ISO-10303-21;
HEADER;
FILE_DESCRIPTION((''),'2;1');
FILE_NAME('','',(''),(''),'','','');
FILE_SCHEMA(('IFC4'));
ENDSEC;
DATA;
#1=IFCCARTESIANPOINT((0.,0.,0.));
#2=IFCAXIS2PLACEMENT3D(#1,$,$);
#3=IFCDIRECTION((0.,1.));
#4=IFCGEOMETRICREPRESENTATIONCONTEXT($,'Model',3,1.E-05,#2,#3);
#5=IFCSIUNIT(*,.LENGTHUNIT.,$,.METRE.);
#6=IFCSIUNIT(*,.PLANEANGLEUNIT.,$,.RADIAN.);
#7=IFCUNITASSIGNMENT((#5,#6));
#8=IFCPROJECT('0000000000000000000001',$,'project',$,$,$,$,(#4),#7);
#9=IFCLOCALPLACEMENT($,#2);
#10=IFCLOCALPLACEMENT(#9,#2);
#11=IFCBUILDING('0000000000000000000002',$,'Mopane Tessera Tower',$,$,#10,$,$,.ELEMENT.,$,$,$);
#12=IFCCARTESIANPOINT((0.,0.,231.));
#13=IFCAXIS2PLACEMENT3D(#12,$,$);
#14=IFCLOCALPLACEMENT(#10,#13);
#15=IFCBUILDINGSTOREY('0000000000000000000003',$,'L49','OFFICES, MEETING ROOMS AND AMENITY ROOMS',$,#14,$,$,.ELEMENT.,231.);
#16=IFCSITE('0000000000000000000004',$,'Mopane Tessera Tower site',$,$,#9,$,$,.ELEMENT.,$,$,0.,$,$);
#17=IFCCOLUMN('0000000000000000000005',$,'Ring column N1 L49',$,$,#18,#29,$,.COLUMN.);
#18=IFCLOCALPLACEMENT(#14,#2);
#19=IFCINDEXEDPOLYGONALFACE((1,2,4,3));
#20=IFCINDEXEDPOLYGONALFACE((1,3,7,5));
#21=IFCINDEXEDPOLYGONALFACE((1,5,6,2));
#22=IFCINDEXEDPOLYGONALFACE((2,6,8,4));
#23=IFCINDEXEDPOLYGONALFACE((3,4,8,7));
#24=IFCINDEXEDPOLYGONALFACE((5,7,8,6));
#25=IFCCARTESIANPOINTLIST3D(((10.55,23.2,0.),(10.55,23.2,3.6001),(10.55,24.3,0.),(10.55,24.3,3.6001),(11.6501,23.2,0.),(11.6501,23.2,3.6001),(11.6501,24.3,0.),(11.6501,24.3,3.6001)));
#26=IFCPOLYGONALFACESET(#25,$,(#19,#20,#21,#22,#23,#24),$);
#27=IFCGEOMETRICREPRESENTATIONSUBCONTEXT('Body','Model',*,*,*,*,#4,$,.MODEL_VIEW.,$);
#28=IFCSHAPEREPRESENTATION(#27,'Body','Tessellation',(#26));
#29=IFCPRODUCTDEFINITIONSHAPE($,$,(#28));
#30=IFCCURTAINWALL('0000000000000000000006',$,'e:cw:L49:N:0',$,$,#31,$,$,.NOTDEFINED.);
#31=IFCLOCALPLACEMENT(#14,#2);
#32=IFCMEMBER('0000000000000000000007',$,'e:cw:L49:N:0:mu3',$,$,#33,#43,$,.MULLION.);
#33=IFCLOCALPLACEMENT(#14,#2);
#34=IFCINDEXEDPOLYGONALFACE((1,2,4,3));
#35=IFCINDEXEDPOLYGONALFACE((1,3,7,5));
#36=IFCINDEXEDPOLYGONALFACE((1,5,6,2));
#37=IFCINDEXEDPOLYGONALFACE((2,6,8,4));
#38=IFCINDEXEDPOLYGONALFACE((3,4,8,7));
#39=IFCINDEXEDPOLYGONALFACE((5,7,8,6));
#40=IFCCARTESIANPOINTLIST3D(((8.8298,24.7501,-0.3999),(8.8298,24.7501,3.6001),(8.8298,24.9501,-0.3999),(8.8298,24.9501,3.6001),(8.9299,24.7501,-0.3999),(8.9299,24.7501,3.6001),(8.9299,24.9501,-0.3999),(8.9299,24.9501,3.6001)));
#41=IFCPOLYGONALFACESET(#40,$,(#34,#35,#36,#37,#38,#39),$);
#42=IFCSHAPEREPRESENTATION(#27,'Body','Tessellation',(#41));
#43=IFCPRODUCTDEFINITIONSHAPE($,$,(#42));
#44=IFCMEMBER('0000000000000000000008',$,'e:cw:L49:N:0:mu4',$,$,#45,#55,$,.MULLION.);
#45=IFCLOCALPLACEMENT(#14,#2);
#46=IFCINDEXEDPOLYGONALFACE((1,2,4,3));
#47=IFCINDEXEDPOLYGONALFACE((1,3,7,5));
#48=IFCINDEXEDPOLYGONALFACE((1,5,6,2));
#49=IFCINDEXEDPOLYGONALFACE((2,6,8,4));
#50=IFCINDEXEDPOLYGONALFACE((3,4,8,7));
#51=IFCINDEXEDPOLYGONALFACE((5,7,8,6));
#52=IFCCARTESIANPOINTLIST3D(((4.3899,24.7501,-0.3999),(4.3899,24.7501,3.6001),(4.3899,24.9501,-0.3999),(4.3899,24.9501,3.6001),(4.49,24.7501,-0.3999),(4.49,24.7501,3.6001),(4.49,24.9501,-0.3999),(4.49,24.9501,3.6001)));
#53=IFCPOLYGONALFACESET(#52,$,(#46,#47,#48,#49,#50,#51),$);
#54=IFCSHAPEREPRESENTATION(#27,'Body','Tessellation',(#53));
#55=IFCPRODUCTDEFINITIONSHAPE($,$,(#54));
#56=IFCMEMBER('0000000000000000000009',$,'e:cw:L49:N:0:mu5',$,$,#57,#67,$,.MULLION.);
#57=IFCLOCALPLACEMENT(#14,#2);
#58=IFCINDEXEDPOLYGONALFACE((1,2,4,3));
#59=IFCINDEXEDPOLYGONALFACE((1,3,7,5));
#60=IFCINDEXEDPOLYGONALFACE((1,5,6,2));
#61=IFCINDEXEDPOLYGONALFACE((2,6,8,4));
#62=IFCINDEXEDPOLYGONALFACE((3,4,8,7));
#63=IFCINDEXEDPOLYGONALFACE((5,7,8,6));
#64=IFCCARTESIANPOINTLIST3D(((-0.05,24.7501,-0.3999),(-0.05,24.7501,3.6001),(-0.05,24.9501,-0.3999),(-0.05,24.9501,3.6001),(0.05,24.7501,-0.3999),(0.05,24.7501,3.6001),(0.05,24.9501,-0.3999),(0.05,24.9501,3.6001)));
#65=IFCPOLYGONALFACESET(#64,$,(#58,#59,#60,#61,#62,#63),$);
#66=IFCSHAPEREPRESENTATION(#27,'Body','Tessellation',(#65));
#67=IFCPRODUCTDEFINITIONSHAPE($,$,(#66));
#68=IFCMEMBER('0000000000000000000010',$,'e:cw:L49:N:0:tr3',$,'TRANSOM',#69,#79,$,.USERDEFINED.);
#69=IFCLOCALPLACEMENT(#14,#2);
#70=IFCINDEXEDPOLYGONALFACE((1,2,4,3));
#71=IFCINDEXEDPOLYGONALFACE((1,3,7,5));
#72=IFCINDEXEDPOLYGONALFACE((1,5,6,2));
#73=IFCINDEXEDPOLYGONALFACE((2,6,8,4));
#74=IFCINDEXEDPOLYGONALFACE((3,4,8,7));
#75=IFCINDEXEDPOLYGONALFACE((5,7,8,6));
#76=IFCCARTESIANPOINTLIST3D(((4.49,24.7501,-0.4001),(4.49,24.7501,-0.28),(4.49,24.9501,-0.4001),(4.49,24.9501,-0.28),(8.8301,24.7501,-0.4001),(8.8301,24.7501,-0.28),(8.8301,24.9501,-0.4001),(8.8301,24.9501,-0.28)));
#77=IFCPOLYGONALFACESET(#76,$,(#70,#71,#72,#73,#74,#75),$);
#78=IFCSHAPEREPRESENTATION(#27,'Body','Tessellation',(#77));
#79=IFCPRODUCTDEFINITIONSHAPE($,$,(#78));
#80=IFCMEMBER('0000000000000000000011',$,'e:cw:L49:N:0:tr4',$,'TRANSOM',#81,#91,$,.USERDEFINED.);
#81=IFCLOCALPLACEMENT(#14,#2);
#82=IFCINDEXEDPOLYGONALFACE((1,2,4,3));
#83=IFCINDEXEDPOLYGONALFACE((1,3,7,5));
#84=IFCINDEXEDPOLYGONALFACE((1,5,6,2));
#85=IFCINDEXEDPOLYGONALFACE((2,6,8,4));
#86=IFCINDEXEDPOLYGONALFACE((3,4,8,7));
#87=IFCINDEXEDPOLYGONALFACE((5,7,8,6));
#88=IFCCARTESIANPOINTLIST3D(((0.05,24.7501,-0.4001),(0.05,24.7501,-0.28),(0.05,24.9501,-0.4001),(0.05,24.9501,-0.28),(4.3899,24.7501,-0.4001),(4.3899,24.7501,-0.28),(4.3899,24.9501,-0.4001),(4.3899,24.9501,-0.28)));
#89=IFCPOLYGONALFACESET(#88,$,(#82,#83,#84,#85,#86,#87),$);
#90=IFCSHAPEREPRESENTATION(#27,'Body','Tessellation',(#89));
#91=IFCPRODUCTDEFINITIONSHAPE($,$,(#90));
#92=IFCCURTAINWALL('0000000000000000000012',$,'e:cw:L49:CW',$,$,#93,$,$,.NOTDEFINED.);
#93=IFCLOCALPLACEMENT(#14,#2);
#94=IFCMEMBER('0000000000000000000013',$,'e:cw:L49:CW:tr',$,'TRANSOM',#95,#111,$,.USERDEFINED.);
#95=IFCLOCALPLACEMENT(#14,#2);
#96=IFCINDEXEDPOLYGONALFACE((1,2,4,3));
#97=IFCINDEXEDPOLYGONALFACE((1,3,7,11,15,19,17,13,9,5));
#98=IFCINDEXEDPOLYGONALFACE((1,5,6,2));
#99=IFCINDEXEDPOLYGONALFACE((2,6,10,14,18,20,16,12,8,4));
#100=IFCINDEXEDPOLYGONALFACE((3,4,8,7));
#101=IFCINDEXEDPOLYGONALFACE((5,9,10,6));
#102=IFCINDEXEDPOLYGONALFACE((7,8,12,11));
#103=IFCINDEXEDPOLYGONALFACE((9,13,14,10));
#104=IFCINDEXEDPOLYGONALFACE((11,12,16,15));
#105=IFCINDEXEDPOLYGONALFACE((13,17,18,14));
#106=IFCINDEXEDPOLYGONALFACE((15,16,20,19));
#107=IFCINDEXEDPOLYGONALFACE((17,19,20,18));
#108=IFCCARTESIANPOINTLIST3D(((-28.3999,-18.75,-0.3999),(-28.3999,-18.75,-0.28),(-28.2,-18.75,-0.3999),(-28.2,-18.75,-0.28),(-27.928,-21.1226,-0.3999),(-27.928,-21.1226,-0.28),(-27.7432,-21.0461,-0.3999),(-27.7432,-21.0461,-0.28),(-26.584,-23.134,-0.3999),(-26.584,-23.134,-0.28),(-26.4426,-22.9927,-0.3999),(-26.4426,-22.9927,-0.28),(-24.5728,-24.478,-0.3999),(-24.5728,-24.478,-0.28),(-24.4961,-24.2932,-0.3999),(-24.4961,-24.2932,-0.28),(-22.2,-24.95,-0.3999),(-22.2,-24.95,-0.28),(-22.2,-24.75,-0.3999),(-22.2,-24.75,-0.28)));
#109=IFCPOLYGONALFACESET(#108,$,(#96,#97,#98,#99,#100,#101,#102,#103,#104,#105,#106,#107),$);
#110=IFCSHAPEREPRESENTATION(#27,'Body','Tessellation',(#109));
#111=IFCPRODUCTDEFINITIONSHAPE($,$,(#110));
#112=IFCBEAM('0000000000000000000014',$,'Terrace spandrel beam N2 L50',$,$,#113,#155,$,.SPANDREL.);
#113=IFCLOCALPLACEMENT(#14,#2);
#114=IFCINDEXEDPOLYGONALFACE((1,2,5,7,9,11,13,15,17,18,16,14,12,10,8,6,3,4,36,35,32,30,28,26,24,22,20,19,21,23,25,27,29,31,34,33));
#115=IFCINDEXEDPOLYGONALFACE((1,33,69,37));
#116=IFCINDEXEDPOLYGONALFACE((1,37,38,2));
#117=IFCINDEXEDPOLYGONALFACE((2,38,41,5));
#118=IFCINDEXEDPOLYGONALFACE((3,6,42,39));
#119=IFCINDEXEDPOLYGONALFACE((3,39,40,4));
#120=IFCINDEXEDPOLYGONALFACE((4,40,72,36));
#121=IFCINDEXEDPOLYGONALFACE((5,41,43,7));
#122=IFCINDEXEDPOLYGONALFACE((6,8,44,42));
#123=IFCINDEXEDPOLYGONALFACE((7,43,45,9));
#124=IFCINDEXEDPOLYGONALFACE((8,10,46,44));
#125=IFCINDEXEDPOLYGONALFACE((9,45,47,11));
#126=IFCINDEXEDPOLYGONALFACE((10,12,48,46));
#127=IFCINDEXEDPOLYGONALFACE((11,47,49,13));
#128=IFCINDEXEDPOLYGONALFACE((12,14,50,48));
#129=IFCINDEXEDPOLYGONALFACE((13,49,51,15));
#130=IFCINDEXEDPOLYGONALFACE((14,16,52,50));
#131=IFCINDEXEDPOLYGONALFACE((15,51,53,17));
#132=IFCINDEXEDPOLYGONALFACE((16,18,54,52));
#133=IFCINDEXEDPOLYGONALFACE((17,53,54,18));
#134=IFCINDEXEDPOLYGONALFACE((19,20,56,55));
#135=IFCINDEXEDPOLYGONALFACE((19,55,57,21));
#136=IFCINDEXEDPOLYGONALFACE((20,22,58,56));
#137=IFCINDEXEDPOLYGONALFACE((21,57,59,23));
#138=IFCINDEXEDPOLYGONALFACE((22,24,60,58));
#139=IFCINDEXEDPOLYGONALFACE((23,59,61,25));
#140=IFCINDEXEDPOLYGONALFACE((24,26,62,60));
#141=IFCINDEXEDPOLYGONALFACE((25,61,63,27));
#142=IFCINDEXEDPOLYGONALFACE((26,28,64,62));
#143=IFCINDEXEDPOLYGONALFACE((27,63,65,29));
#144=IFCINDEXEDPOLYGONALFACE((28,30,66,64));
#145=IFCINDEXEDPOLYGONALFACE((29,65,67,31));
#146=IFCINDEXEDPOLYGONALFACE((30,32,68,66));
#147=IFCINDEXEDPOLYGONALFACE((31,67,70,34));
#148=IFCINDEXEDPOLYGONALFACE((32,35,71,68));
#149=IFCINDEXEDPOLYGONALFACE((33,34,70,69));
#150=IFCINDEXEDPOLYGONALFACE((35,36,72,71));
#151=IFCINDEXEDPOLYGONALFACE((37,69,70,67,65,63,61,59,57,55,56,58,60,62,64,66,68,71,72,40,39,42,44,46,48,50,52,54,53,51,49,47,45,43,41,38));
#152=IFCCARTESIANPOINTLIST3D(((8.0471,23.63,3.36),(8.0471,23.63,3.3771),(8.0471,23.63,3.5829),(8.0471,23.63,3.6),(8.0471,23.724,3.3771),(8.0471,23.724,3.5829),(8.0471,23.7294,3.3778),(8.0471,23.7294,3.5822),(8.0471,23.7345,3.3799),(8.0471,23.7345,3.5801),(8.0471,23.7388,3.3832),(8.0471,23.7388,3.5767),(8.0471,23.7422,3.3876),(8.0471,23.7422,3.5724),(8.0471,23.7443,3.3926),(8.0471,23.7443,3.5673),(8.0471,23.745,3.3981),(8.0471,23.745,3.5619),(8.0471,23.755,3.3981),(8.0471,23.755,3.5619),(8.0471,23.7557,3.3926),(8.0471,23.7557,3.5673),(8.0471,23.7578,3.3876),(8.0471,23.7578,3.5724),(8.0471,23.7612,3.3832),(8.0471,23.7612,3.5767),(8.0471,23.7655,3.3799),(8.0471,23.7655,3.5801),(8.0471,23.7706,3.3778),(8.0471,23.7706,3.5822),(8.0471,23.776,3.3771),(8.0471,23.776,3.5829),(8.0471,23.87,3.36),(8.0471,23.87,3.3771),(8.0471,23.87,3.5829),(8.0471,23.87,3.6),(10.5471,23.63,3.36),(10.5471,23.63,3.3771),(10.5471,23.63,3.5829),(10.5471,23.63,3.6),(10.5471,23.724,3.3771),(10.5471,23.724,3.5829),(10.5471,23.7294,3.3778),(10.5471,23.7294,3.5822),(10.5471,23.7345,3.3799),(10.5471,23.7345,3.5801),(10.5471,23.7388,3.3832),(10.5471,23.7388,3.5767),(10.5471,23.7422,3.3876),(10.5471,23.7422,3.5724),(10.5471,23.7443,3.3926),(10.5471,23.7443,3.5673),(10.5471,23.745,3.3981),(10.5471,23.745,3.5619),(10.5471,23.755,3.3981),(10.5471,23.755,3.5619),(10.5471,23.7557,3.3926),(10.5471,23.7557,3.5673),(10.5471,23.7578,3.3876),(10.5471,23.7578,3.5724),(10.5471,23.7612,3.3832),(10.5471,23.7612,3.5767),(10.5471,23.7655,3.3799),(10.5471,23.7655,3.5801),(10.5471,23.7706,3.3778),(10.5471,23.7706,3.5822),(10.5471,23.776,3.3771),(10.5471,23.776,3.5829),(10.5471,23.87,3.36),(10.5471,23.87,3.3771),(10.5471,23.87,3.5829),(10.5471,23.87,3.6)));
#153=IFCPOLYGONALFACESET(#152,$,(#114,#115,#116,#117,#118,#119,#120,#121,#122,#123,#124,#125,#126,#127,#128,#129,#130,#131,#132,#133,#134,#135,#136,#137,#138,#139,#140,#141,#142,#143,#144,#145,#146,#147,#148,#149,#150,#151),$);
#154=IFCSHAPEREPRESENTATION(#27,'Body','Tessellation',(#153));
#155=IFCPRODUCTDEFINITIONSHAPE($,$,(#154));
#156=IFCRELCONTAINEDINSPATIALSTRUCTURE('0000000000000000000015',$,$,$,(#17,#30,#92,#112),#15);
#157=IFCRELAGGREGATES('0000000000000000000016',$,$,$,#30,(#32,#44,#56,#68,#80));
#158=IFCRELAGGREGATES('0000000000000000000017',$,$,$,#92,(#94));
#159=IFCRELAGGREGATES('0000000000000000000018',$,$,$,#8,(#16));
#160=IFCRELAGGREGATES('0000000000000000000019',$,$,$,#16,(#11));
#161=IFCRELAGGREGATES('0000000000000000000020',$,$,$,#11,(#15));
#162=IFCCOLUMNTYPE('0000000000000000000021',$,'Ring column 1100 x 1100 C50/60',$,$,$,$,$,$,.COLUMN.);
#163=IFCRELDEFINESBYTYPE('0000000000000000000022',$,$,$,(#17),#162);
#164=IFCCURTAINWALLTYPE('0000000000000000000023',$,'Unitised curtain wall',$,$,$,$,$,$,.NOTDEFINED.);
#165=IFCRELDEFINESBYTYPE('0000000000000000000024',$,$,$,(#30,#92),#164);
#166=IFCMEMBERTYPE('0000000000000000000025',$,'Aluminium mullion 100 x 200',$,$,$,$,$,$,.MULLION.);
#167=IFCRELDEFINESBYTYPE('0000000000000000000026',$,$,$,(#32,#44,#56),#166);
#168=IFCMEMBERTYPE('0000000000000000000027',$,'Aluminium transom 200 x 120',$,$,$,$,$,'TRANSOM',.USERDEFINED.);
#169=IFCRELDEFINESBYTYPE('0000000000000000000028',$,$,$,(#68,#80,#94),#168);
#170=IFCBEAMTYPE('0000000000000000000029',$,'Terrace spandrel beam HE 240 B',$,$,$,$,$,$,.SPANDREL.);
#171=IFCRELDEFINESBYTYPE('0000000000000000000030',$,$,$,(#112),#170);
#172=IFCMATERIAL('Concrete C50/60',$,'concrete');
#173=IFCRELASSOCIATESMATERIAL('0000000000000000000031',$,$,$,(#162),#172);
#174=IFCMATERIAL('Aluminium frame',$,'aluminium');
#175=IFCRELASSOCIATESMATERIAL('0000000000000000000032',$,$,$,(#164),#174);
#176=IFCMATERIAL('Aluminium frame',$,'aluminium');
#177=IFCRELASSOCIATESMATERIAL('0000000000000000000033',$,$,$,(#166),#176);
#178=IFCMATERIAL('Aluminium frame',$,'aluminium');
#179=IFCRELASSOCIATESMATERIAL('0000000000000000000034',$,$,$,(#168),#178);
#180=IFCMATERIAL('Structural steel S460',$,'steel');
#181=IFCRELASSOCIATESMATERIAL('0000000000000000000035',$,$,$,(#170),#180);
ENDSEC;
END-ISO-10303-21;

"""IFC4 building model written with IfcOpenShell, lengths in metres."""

from ifc_helpers import new_model, si_unit, direction, frame, origin, origin_2d, place, context, subcontext, project, spatial, polyline, rectangle, i_section, outline, extrude, material, material_profile, profile_set, type_object, element, aggregate, save


model = new_model("IFC4")

# Units and contexts
model_context = context("Model", 3, precision=1e-05, world=origin(), true_north=direction((0.0, 1.0)))
body_context = subcontext(model_context, "Body", "Model", "MODEL_VIEW")
ifc_project = project(units=[si_unit("LENGTHUNIT", "METRE"), si_unit("PLANEANGLEUNIT", "RADIAN")], contexts=[model_context])

# Site, building, storey
site_placement = place(None, origin())
site = spatial("IfcSite", under=ifc_project, at=site_placement, Name="Mopane Tessera Tower site", CompositionType="ELEMENT", RefElevation=0.0)
building_placement = place(site_placement, origin())
building = spatial("IfcBuilding", under=site, at=building_placement, Name="Mopane Tessera Tower", CompositionType="ELEMENT")
storey_placement = place(building_placement, frame((0.0, 0.0, 231.0)))
storey = spatial("IfcBuildingStorey", under=building, at=storey_placement, Name="L49", Description="OFFICES, MEETING ROOMS AND AMENITY ROOMS", CompositionType="ELEMENT", Elevation=231.0)

# Column
ifc_material_1 = material(Name="Concrete C50/60", Category="concrete")
ifc_material_profile_1 = material_profile(ifc_material_1, rectangle(XDim=1.1001, YDim=1.1001, at=origin_2d()))
ifc_profile_set_1 = profile_set([ifc_material_profile_1], Name="Concrete C50/60")
column_type = type_object("IfcColumnType", Name="Ring column 1100 x 1100 C50/60", PredefinedType="COLUMN", material=ifc_profile_set_1)
column_placement = place(storey_placement, frame((11.1001, 23.75, 0.0), z_axis=(0.0, 0.0, 1.0), x_axis=(1.0, 0.0, 0.0)))
element("IfcColumn", 1, at=column_placement, inside=storey, type_object=column_type, Name="Ring column N1 L49", PredefinedType="COLUMN", context=body_context, shape_type="SweptSolid", body=[
    extrude(rectangle(XDim=1.1001, YDim=1.1001, at=origin_2d()), origin(), (0.0, 0.0, 1.0), 3.6001),
])

# Curtain wall, members
ifc_material_2 = material(Name="Aluminium frame", Category="aluminium")
curtain_wall_type = type_object("IfcCurtainWallType", Name="Unitised curtain wall", PredefinedType="NOTDEFINED", material=ifc_material_2)
curtain_wall_1_placement = place(storey_placement, origin())
curtain_wall_1 = element("IfcCurtainWall", 2, at=curtain_wall_1_placement, inside=storey, type_object=curtain_wall_type, Name="e:cw:L49:N:0", PredefinedType="NOTDEFINED")
ifc_material_3 = material(Name="Aluminium frame", Category="aluminium")
ifc_material_profile_2 = material_profile(ifc_material_3, rectangle(XDim=0.1001, YDim=0.2, at=origin_2d()))
ifc_profile_set_2 = profile_set([ifc_material_profile_2], Name="Aluminium frame")
member_type_1 = type_object("IfcMemberType", Name="Aluminium mullion 100 x 200", PredefinedType="MULLION", material=ifc_profile_set_2)
member_1_placement = place(storey_placement, frame((8.8799, 24.8501, -0.3999), z_axis=(0.0, 0.0, 1.0), x_axis=(-1.0, 0.0, 0.0)))
member_1 = element("IfcMember", 3, at=member_1_placement, type_object=member_type_1, Name="e:cw:L49:N:0:mu3", PredefinedType="MULLION", context=body_context, shape_type="SweptSolid", body=[
    extrude(rectangle(XDim=0.1001, YDim=0.2, at=origin_2d()), origin(), (0.0, 0.0, 1.0), 4.0),
])
member_2_placement = place(storey_placement, frame((4.4399, 24.8501, -0.3999), z_axis=(0.0, 0.0, 1.0), x_axis=(-1.0, 0.0, 0.0)))
member_2 = element("IfcMember", 4, at=member_2_placement, type_object=member_type_1, Name="e:cw:L49:N:0:mu4", PredefinedType="MULLION", context=body_context, shape_type="SweptSolid", body=[
    extrude(rectangle(XDim=0.1001, YDim=0.2, at=origin_2d()), origin(), (0.0, 0.0, 1.0), 4.0),
])
member_3_placement = place(storey_placement, frame((0.0, 24.8501, -0.3999), z_axis=(0.0, 0.0, 1.0), x_axis=(-1.0, 0.0, 0.0)))
member_3 = element("IfcMember", 5, at=member_3_placement, type_object=member_type_1, Name="e:cw:L49:N:0:mu5", PredefinedType="MULLION", context=body_context, shape_type="SweptSolid", body=[
    extrude(rectangle(XDim=0.1001, YDim=0.2, at=origin_2d()), origin(), (0.0, 0.0, 1.0), 4.0),
])
ifc_material_4 = material(Name="Aluminium frame", Category="aluminium")
ifc_material_profile_3 = material_profile(ifc_material_4, rectangle(XDim=0.2, YDim=0.1201, at=origin_2d()))
ifc_profile_set_3 = profile_set([ifc_material_profile_3], Name="Aluminium frame")
member_type_2 = type_object("IfcMemberType", Name="Aluminium transom 200 x 120", ElementType="TRANSOM", PredefinedType="USERDEFINED", material=ifc_profile_set_3)
member_4_placement = place(storey_placement, frame((8.8301, 24.8501, -0.3401), z_axis=(-1.0, 0.0, 0.0), x_axis=(0.0, -1.0, 0.0)))
member_4 = element("IfcMember", 6, at=member_4_placement, type_object=member_type_2, Name="e:cw:L49:N:0:tr3", ObjectType="TRANSOM", PredefinedType="USERDEFINED", context=body_context, shape_type="SweptSolid", body=[
    extrude(rectangle(XDim=0.2, YDim=0.1201, at=origin_2d()), origin(), (0.0, 0.0, 1.0), 4.3401),
])
member_5_placement = place(storey_placement, frame((4.3899, 24.8501, -0.3401), z_axis=(-1.0, 0.0, 0.0), x_axis=(0.0, -1.0, 0.0)))
member_5 = element("IfcMember", 7, at=member_5_placement, type_object=member_type_2, Name="e:cw:L49:N:0:tr4", ObjectType="TRANSOM", PredefinedType="USERDEFINED", context=body_context, shape_type="SweptSolid", body=[
    extrude(rectangle(XDim=0.2, YDim=0.1201, at=origin_2d()), origin(), (0.0, 0.0, 1.0), 4.3398),
])

# Curtain wall, member
curtain_wall_2_placement = place(storey_placement, origin())
curtain_wall_2 = element("IfcCurtainWall", 8, at=curtain_wall_2_placement, inside=storey, type_object=curtain_wall_type, Name="e:cw:L49:CW", PredefinedType="NOTDEFINED")
member_6_placement = place(storey_placement, frame((0.0, 0.0, -0.3999)))
member_6 = element("IfcMember", 9, at=member_6_placement, type_object=member_type_2, Name="e:cw:L49:CW:tr", ObjectType="TRANSOM", PredefinedType="USERDEFINED", context=body_context, shape_type="SweptSolid", body=[
    extrude(outline(polyline([(-28.2, -18.75), (-27.7432, -21.0461), (-26.4426, -22.9927), (-24.4961, -24.2932), (-22.2, -24.75), (-22.2, -24.95), (-24.5728, -24.478), (-26.584, -23.134), (-27.928, -21.1226), (-28.3999, -18.75), (-28.2, -18.75)])), origin(), (0.0, 0.0, 1.0), 0.1199),
])

# Beam
ifc_material_5 = material(Name="Structural steel S460", Category="steel")
ifc_material_profile_4 = material_profile(ifc_material_5, i_section(OverallWidth=0.24, OverallDepth=0.24, WebThickness=0.01, FlangeThickness=0.0171, FilletRadius=0.021, at=origin_2d()))
ifc_profile_set_4 = profile_set([ifc_material_profile_4], Name="Structural steel S460")
beam_type_1 = type_object("IfcBeamType", Name="Terrace spandrel beam HE 240 B", PredefinedType="SPANDREL", material=ifc_profile_set_4)
beam_1_placement = place(storey_placement, frame((10.5471, 23.75, 3.48), z_axis=(-1.0, 0.0, 0.0), x_axis=(0.0, -1.0, 0.0)))
element("IfcBeam", 10, at=beam_1_placement, inside=storey, type_object=beam_type_1, Name="Terrace spandrel beam N2 L50", PredefinedType="SPANDREL", context=body_context, shape_type="SweptSolid", body=[
    extrude(i_section(OverallWidth=0.24, OverallDepth=0.24, WebThickness=0.01, FlangeThickness=0.0171, FilletRadius=0.021, at=origin_2d()), origin(), (0.0, 0.0, 1.0), 2.5),
])

aggregate(curtain_wall_1, [member_1, member_2, member_3, member_4, member_5])
aggregate(curtain_wall_2, [member_6])

save(model, "model.ifc")
